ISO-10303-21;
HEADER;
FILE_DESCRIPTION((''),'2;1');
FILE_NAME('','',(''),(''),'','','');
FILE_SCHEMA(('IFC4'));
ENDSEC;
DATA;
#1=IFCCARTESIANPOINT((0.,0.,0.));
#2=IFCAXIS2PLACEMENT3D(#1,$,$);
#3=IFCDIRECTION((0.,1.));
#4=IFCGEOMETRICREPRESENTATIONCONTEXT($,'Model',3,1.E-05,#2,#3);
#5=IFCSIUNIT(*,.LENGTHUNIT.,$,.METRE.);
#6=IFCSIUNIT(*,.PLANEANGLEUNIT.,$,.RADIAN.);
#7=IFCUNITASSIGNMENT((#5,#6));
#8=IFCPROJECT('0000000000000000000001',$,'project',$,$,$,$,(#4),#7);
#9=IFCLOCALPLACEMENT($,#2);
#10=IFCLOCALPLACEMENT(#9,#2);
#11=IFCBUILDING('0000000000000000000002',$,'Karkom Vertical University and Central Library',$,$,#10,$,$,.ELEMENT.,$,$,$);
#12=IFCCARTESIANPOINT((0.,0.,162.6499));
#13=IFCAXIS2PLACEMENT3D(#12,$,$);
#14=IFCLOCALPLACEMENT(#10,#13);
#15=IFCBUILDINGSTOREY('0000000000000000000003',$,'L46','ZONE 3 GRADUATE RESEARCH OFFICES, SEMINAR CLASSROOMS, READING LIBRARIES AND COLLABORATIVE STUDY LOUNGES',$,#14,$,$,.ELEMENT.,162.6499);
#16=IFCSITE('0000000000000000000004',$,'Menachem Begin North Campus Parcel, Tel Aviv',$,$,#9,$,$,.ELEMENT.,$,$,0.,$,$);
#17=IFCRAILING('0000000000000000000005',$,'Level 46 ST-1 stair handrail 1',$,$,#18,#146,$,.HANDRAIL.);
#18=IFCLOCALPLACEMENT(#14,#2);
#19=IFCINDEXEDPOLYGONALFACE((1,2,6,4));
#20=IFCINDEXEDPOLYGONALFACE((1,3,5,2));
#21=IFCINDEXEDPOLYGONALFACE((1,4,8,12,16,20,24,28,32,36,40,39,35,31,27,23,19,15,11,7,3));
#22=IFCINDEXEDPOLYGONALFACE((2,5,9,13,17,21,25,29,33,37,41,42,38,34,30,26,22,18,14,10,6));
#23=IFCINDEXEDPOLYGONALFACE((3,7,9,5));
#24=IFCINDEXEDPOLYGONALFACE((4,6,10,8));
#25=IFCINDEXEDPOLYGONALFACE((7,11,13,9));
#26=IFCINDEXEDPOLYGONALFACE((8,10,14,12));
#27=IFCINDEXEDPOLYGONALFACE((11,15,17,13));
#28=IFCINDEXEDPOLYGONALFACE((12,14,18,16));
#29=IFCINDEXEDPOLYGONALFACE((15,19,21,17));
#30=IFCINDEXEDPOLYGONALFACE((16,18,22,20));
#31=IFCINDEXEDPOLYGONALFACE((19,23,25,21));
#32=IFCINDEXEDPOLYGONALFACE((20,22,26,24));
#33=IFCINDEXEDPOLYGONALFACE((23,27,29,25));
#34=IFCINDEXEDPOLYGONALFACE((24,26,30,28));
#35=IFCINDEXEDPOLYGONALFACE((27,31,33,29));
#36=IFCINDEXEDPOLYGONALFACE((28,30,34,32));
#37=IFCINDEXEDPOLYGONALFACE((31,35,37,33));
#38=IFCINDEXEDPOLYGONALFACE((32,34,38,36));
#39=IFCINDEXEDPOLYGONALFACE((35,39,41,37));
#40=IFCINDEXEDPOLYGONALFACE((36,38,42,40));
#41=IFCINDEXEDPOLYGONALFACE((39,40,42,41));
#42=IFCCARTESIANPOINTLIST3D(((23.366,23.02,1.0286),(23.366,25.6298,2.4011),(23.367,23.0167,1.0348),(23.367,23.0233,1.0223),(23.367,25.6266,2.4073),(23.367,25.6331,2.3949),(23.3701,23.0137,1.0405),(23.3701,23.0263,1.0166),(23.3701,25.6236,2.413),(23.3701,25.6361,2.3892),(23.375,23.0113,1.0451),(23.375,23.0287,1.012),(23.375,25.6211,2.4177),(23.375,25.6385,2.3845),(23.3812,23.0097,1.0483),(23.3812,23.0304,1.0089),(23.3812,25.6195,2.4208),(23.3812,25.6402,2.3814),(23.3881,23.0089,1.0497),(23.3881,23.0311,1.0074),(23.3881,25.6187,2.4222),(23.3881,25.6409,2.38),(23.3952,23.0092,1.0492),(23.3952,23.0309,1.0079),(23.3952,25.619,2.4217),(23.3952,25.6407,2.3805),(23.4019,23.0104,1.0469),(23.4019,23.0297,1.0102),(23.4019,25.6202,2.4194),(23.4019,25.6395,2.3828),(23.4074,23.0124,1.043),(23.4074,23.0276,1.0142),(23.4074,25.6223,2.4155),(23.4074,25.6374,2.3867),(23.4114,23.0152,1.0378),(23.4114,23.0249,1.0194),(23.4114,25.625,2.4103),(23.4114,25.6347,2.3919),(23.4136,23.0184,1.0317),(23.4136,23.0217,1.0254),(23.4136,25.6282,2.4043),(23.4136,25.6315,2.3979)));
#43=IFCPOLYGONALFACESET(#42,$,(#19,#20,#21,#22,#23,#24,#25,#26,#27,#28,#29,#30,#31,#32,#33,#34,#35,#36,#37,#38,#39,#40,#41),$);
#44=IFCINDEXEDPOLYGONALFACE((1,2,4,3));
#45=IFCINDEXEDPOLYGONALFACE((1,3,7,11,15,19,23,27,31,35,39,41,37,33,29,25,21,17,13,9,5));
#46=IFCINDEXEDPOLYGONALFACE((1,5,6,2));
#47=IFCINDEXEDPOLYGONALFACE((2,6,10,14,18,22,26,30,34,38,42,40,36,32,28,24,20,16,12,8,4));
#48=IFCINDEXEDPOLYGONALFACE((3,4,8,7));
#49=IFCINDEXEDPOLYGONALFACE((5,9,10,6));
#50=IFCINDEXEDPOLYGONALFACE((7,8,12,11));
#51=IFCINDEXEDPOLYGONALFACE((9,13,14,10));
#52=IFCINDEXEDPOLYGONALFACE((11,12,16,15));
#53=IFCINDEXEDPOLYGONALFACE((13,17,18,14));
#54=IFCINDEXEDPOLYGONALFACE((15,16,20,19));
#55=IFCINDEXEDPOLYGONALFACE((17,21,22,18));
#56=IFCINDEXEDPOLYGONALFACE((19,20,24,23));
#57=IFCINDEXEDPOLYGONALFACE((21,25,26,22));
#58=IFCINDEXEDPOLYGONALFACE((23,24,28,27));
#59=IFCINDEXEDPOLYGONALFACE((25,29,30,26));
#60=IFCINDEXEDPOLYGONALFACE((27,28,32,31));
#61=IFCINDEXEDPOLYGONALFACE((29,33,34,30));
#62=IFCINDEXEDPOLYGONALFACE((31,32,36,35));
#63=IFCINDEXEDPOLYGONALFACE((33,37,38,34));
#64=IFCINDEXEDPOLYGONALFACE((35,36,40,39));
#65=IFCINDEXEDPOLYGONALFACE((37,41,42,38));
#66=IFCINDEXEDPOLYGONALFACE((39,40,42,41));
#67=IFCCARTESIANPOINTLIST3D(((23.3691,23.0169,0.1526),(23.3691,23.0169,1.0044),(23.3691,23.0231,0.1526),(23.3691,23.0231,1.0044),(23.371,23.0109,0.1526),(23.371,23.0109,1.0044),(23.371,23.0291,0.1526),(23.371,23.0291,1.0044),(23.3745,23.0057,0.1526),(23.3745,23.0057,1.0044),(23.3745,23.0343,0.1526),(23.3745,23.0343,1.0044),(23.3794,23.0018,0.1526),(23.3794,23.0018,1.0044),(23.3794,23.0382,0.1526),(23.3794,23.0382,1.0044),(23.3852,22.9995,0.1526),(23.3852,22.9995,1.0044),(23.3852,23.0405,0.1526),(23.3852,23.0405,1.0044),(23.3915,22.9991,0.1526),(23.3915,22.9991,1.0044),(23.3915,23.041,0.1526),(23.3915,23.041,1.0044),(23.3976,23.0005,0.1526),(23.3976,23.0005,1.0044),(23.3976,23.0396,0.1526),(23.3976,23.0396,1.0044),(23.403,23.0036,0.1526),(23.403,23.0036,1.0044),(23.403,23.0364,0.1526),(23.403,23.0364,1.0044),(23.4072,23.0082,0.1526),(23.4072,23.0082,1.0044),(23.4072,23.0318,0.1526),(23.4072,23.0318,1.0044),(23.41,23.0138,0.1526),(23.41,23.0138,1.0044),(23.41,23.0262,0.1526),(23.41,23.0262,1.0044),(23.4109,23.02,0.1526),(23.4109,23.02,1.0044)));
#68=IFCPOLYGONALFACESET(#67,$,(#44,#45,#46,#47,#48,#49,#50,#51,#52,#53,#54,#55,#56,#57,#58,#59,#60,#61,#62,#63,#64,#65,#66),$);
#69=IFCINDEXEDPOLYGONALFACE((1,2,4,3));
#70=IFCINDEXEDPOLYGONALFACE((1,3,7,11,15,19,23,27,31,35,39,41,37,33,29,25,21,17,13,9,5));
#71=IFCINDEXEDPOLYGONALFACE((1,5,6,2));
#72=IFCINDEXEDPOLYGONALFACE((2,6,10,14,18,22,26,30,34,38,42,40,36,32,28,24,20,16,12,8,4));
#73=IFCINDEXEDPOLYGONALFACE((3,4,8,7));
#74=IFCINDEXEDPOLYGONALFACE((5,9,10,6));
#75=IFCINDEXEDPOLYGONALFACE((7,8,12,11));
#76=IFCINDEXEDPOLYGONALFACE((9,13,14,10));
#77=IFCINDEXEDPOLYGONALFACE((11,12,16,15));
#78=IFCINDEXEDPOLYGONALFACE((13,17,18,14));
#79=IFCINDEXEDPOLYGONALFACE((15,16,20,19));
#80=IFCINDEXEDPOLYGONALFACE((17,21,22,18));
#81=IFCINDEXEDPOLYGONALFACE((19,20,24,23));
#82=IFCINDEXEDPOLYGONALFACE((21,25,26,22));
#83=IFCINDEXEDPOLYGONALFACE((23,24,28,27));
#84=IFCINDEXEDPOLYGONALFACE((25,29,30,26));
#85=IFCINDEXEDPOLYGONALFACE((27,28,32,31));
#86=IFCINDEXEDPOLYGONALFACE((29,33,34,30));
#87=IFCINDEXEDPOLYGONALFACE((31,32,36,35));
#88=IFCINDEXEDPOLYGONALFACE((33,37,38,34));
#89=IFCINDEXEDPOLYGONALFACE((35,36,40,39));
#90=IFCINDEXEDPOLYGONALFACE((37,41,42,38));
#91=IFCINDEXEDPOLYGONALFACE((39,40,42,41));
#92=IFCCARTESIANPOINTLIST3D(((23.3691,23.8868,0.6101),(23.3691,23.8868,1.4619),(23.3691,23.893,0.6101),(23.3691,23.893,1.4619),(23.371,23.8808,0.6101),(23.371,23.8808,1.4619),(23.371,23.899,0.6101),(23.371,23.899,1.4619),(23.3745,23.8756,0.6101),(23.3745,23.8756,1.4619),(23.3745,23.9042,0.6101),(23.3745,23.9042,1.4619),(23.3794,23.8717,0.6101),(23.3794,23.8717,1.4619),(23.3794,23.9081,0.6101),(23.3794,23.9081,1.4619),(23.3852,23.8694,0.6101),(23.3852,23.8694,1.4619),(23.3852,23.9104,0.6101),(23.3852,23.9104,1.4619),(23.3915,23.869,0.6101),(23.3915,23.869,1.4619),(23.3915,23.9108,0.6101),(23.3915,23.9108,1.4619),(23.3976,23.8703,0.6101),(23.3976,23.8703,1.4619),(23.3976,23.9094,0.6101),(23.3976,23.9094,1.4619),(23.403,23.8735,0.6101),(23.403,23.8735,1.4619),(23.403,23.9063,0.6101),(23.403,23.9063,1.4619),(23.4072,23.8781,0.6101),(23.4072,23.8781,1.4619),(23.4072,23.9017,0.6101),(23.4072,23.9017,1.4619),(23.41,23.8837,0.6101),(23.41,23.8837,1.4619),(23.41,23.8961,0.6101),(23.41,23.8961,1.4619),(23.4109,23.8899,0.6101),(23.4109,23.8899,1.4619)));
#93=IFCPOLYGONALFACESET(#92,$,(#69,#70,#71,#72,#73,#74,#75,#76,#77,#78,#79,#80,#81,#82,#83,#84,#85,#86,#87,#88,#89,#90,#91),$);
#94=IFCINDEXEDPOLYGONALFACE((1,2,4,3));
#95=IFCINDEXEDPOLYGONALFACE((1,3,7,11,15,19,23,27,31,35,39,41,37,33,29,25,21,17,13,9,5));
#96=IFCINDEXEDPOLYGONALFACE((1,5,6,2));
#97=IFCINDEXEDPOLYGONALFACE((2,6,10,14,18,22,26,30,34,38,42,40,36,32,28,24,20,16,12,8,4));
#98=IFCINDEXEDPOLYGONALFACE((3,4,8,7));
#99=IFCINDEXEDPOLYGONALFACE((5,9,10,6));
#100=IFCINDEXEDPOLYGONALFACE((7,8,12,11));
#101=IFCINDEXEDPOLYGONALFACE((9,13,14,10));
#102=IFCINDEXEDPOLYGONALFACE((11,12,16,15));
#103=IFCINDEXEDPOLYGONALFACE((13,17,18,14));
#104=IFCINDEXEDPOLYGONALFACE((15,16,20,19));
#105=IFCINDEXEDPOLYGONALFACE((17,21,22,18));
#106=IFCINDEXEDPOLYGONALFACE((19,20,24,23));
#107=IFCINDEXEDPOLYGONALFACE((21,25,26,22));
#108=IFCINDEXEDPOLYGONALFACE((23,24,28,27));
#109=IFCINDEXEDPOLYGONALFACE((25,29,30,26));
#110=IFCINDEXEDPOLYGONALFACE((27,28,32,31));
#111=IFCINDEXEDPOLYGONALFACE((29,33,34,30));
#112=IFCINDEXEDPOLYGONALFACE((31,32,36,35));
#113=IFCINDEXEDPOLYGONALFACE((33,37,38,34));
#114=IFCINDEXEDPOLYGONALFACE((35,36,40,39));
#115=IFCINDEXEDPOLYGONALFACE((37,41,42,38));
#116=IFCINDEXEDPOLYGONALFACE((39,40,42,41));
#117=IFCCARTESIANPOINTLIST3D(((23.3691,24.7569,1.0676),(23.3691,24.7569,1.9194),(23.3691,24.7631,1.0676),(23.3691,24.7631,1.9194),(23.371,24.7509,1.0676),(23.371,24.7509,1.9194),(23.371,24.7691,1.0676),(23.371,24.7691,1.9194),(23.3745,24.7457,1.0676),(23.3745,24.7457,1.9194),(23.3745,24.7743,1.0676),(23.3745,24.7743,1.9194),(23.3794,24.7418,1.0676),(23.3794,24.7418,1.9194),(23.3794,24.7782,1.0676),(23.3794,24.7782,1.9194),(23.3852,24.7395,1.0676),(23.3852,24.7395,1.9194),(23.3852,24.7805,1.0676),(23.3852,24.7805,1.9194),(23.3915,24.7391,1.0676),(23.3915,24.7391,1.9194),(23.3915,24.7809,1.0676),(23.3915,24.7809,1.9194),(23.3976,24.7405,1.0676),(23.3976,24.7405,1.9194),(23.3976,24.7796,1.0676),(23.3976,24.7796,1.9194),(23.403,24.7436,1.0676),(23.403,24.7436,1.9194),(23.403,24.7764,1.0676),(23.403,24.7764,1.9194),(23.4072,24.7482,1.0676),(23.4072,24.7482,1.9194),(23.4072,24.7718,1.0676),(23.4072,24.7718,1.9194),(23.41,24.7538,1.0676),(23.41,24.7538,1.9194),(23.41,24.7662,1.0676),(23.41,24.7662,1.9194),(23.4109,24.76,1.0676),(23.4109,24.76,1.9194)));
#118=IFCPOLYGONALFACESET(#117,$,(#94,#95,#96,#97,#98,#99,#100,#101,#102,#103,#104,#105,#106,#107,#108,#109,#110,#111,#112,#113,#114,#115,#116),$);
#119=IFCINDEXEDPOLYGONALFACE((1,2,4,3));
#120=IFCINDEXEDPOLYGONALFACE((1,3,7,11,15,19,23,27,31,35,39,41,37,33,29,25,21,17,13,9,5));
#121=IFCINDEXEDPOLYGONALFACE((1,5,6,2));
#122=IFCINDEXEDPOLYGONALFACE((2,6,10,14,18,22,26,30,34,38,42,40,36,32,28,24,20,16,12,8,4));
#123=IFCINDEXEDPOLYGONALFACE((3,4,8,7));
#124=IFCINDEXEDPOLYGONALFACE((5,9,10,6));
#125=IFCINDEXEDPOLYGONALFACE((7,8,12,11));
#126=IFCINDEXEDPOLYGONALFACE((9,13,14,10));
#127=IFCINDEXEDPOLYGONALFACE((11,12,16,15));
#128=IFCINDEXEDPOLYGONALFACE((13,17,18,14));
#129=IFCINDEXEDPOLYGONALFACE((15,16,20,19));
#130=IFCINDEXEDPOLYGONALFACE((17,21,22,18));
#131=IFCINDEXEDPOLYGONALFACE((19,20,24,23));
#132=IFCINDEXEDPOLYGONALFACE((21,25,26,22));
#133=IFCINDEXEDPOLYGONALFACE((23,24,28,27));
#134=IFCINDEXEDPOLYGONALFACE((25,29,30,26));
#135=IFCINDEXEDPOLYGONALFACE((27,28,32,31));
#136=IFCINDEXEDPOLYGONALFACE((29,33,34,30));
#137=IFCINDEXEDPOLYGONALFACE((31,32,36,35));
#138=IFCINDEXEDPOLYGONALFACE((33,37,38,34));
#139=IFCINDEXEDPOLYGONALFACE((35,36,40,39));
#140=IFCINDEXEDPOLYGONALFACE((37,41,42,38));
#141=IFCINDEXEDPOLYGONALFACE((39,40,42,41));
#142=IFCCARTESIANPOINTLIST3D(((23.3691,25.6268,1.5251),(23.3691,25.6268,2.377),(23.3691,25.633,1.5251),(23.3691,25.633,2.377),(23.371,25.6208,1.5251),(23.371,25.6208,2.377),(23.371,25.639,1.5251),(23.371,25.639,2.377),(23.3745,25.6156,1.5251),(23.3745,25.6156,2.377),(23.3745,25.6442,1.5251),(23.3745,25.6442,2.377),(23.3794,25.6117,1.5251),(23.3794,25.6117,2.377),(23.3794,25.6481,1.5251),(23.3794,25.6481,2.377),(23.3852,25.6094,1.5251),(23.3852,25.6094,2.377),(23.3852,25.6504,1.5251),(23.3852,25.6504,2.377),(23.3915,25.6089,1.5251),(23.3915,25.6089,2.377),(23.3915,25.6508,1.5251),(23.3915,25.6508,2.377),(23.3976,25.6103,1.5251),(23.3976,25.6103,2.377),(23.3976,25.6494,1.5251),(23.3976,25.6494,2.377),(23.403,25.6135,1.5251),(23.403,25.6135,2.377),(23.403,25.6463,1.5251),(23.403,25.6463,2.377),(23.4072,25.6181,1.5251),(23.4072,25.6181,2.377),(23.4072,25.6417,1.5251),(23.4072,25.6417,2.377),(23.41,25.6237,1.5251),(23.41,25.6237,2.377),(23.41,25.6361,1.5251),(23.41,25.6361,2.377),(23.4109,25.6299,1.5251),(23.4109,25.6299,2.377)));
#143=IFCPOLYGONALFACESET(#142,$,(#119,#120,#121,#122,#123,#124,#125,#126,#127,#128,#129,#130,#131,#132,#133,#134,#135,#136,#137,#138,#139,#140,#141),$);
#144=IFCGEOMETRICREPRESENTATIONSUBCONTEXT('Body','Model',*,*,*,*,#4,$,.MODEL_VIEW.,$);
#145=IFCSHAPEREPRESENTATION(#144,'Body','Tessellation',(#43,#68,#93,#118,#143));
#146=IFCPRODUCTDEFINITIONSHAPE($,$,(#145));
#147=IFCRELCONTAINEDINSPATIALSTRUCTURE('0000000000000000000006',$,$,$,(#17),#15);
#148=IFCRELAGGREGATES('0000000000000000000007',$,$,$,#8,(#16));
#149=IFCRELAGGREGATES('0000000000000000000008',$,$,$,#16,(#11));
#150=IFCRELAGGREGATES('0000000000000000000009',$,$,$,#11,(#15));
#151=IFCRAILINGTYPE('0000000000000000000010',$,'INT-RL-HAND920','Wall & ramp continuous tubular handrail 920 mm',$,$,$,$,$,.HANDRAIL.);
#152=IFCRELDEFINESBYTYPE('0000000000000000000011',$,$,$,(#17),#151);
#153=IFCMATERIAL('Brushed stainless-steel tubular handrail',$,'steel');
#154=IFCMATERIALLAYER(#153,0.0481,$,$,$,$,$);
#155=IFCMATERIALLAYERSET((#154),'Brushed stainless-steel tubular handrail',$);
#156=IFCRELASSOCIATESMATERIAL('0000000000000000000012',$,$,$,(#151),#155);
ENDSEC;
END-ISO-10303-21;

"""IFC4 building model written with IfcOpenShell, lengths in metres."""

from ifc_helpers import new_model, si_unit, direction, frame, origin, origin_2d, place, context, subcontext, project, spatial, circle, extrude, material, layer, layer_set, type_object, element, save


model = new_model("IFC4")

# Units and contexts
model_context = context("Model", 3, precision=1e-05, world=origin(), true_north=direction((0.0, 1.0)))
body_context = subcontext(model_context, "Body", "Model", "MODEL_VIEW")
ifc_project = project(units=[si_unit("LENGTHUNIT", "METRE"), si_unit("PLANEANGLEUNIT", "RADIAN")], contexts=[model_context])

# Site, building, storey
site_placement = place(None, origin())
site = spatial("IfcSite", under=ifc_project, at=site_placement, Name="Menachem Begin North Campus Parcel, Tel Aviv", CompositionType="ELEMENT", RefElevation=0.0)
building_placement = place(site_placement, origin())
building = spatial("IfcBuilding", under=site, at=building_placement, Name="Karkom Vertical University and Central Library", CompositionType="ELEMENT")
storey_placement = place(building_placement, frame((0.0, 0.0, 162.6499)))
storey = spatial("IfcBuildingStorey", under=building, at=storey_placement, Name="L46", Description="ZONE 3 GRADUATE RESEARCH OFFICES, SEMINAR CLASSROOMS, READING LIBRARIES AND COLLABORATIVE STUDY LOUNGES", CompositionType="ELEMENT", Elevation=162.6499)

# Railing
ifc_material_1 = material(Name="Brushed stainless-steel tubular handrail", Category="steel")
ifc_layer_1 = layer(ifc_material_1, 0.0481)
ifc_layer_set_1 = layer_set([ifc_layer_1], Name="Brushed stainless-steel tubular handrail")
railing_type_1 = type_object("IfcRailingType", Name="INT-RL-HAND920", Description="Wall & ramp continuous tubular handrail 920 mm", PredefinedType="HANDRAIL", material=ifc_layer_set_1)
railing_1_placement = place(storey_placement, frame((23.3899, 23.02, 0.1526)))
element("IfcRailing", 1, at=railing_1_placement, inside=storey, type_object=railing_type_1, Name="Level 46 ST-1 stair handrail 1", PredefinedType="HANDRAIL", context=body_context, shape_type="SweptSolid", body=[
    extrude(circle(Radius=0.0239, at=origin_2d()), frame((0.0, 0.0, 0.876), z_axis=(0.0, 0.885065, 0.465467), x_axis=(-1.0, 0.0, 0.0)), (0.0, 0.0, 1.0), 2.9487),
    extrude(circle(Radius=0.021, at=origin_2d()), origin(), (0.0, 0.0, 1.0), 0.8518),
    extrude(circle(Radius=0.021, at=origin_2d()), frame((0.0, 0.8699, 0.4575)), (0.0, 0.0, 1.0), 0.8518),
    extrude(circle(Radius=0.021, at=origin_2d()), frame((0.0, 1.74, 0.915)), (0.0, 0.0, 1.0), 0.8518),
    extrude(circle(Radius=0.021, at=origin_2d()), frame((0.0, 2.6099, 1.3726)), (0.0, 0.0, 1.0), 0.8518),
])

save(model, "model.ifc")
